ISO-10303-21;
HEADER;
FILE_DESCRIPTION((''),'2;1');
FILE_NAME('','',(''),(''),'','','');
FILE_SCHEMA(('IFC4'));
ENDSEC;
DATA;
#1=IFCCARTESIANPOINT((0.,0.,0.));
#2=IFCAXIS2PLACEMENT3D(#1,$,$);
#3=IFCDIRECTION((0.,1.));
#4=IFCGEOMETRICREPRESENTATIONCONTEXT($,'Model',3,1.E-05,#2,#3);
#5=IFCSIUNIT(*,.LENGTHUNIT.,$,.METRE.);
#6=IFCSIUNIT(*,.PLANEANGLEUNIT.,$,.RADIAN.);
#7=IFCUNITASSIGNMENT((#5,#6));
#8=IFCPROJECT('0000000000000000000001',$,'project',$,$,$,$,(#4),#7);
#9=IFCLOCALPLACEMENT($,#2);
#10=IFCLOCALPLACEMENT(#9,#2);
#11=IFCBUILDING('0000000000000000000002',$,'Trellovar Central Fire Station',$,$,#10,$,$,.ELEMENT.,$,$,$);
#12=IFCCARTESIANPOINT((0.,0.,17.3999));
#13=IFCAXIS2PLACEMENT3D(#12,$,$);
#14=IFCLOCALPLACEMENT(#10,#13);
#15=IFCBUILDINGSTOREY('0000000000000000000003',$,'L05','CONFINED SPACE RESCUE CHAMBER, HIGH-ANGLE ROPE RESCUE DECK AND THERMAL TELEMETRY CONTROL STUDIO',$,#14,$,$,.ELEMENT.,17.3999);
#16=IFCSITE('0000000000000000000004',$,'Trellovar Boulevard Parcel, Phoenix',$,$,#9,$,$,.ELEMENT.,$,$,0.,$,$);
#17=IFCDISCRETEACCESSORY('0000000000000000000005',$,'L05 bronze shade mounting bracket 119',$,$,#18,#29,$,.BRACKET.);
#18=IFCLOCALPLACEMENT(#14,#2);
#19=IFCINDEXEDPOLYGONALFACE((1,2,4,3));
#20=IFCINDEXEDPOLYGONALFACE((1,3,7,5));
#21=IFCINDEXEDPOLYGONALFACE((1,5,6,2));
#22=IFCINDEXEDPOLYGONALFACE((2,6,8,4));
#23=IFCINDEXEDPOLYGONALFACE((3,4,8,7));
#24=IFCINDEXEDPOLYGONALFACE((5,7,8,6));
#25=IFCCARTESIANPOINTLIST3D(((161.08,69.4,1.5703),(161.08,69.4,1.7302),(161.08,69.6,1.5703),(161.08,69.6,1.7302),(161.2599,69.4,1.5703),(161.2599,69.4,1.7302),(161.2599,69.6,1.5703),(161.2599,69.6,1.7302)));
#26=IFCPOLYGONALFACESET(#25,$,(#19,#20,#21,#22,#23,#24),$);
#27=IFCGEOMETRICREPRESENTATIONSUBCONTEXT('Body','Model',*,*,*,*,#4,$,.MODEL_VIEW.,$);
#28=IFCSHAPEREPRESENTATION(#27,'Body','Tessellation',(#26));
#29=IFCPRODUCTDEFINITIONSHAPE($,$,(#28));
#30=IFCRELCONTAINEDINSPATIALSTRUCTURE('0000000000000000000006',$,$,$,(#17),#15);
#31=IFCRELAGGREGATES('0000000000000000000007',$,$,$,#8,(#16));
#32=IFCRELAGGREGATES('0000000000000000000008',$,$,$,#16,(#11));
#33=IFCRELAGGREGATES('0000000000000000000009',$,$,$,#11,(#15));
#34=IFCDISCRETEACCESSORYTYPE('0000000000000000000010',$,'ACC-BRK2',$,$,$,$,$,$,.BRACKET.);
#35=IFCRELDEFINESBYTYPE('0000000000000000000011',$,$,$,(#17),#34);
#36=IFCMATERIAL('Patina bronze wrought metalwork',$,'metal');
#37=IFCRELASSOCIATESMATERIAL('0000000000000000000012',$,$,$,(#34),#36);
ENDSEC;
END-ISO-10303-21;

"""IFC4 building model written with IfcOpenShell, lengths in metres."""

from ifc_helpers import new_model, si_unit, direction, frame, origin, origin_2d, place, context, subcontext, project, spatial, rectangle, extrude, material, type_object, element, save


model = new_model("IFC4")

# Units and contexts
model_context = context("Model", 3, precision=1e-05, world=origin(), true_north=direction((0.0, 1.0)))
body_context = subcontext(model_context, "Body", "Model", "MODEL_VIEW")
ifc_project = project(units=[si_unit("LENGTHUNIT", "METRE"), si_unit("PLANEANGLEUNIT", "RADIAN")], contexts=[model_context])

# Site, building, storey
site_placement = place(None, origin())
site = spatial("IfcSite", under=ifc_project, at=site_placement, Name="Trellovar Boulevard Parcel, Phoenix", CompositionType="ELEMENT", RefElevation=0.0)
building_placement = place(site_placement, origin())
building = spatial("IfcBuilding", under=site, at=building_placement, Name="Trellovar Central Fire Station", CompositionType="ELEMENT")
storey_placement = place(building_placement, frame((0.0, 0.0, 17.3999)))
storey = spatial("IfcBuildingStorey", under=building, at=storey_placement, Name="L05", Description="CONFINED SPACE RESCUE CHAMBER, HIGH-ANGLE ROPE RESCUE DECK AND THERMAL TELEMETRY CONTROL STUDIO", CompositionType="ELEMENT", Elevation=17.3999)

# Discrete accessory
ifc_material_1 = material(Name="Patina bronze wrought metalwork", Category="metal")
discrete_accessory_type = type_object("IfcDiscreteAccessoryType", Name="ACC-BRK2", PredefinedType="BRACKET", material=ifc_material_1)
for number, where, z_axis, x_axis, name in (
    (1, (161.1699, 69.5, 1.5703), (0.0, 0.0, 1.0), (0.0, 1.0, 0.0), "L05 bronze shade mounting bracket 119"),
):
    element("IfcDiscreteAccessory", number, at=place(storey_placement, frame(where, z_axis=z_axis, x_axis=x_axis)), inside=storey, type_object=discrete_accessory_type, Name=name, PredefinedType="BRACKET", context=body_context, shape_type="SweptSolid", body=[
        extrude(rectangle(XDim=0.2, YDim=0.1799, at=origin_2d()), origin(), (0.0, 0.0, 1.0), 0.1599),
    ])

save(model, "model.ifc")
